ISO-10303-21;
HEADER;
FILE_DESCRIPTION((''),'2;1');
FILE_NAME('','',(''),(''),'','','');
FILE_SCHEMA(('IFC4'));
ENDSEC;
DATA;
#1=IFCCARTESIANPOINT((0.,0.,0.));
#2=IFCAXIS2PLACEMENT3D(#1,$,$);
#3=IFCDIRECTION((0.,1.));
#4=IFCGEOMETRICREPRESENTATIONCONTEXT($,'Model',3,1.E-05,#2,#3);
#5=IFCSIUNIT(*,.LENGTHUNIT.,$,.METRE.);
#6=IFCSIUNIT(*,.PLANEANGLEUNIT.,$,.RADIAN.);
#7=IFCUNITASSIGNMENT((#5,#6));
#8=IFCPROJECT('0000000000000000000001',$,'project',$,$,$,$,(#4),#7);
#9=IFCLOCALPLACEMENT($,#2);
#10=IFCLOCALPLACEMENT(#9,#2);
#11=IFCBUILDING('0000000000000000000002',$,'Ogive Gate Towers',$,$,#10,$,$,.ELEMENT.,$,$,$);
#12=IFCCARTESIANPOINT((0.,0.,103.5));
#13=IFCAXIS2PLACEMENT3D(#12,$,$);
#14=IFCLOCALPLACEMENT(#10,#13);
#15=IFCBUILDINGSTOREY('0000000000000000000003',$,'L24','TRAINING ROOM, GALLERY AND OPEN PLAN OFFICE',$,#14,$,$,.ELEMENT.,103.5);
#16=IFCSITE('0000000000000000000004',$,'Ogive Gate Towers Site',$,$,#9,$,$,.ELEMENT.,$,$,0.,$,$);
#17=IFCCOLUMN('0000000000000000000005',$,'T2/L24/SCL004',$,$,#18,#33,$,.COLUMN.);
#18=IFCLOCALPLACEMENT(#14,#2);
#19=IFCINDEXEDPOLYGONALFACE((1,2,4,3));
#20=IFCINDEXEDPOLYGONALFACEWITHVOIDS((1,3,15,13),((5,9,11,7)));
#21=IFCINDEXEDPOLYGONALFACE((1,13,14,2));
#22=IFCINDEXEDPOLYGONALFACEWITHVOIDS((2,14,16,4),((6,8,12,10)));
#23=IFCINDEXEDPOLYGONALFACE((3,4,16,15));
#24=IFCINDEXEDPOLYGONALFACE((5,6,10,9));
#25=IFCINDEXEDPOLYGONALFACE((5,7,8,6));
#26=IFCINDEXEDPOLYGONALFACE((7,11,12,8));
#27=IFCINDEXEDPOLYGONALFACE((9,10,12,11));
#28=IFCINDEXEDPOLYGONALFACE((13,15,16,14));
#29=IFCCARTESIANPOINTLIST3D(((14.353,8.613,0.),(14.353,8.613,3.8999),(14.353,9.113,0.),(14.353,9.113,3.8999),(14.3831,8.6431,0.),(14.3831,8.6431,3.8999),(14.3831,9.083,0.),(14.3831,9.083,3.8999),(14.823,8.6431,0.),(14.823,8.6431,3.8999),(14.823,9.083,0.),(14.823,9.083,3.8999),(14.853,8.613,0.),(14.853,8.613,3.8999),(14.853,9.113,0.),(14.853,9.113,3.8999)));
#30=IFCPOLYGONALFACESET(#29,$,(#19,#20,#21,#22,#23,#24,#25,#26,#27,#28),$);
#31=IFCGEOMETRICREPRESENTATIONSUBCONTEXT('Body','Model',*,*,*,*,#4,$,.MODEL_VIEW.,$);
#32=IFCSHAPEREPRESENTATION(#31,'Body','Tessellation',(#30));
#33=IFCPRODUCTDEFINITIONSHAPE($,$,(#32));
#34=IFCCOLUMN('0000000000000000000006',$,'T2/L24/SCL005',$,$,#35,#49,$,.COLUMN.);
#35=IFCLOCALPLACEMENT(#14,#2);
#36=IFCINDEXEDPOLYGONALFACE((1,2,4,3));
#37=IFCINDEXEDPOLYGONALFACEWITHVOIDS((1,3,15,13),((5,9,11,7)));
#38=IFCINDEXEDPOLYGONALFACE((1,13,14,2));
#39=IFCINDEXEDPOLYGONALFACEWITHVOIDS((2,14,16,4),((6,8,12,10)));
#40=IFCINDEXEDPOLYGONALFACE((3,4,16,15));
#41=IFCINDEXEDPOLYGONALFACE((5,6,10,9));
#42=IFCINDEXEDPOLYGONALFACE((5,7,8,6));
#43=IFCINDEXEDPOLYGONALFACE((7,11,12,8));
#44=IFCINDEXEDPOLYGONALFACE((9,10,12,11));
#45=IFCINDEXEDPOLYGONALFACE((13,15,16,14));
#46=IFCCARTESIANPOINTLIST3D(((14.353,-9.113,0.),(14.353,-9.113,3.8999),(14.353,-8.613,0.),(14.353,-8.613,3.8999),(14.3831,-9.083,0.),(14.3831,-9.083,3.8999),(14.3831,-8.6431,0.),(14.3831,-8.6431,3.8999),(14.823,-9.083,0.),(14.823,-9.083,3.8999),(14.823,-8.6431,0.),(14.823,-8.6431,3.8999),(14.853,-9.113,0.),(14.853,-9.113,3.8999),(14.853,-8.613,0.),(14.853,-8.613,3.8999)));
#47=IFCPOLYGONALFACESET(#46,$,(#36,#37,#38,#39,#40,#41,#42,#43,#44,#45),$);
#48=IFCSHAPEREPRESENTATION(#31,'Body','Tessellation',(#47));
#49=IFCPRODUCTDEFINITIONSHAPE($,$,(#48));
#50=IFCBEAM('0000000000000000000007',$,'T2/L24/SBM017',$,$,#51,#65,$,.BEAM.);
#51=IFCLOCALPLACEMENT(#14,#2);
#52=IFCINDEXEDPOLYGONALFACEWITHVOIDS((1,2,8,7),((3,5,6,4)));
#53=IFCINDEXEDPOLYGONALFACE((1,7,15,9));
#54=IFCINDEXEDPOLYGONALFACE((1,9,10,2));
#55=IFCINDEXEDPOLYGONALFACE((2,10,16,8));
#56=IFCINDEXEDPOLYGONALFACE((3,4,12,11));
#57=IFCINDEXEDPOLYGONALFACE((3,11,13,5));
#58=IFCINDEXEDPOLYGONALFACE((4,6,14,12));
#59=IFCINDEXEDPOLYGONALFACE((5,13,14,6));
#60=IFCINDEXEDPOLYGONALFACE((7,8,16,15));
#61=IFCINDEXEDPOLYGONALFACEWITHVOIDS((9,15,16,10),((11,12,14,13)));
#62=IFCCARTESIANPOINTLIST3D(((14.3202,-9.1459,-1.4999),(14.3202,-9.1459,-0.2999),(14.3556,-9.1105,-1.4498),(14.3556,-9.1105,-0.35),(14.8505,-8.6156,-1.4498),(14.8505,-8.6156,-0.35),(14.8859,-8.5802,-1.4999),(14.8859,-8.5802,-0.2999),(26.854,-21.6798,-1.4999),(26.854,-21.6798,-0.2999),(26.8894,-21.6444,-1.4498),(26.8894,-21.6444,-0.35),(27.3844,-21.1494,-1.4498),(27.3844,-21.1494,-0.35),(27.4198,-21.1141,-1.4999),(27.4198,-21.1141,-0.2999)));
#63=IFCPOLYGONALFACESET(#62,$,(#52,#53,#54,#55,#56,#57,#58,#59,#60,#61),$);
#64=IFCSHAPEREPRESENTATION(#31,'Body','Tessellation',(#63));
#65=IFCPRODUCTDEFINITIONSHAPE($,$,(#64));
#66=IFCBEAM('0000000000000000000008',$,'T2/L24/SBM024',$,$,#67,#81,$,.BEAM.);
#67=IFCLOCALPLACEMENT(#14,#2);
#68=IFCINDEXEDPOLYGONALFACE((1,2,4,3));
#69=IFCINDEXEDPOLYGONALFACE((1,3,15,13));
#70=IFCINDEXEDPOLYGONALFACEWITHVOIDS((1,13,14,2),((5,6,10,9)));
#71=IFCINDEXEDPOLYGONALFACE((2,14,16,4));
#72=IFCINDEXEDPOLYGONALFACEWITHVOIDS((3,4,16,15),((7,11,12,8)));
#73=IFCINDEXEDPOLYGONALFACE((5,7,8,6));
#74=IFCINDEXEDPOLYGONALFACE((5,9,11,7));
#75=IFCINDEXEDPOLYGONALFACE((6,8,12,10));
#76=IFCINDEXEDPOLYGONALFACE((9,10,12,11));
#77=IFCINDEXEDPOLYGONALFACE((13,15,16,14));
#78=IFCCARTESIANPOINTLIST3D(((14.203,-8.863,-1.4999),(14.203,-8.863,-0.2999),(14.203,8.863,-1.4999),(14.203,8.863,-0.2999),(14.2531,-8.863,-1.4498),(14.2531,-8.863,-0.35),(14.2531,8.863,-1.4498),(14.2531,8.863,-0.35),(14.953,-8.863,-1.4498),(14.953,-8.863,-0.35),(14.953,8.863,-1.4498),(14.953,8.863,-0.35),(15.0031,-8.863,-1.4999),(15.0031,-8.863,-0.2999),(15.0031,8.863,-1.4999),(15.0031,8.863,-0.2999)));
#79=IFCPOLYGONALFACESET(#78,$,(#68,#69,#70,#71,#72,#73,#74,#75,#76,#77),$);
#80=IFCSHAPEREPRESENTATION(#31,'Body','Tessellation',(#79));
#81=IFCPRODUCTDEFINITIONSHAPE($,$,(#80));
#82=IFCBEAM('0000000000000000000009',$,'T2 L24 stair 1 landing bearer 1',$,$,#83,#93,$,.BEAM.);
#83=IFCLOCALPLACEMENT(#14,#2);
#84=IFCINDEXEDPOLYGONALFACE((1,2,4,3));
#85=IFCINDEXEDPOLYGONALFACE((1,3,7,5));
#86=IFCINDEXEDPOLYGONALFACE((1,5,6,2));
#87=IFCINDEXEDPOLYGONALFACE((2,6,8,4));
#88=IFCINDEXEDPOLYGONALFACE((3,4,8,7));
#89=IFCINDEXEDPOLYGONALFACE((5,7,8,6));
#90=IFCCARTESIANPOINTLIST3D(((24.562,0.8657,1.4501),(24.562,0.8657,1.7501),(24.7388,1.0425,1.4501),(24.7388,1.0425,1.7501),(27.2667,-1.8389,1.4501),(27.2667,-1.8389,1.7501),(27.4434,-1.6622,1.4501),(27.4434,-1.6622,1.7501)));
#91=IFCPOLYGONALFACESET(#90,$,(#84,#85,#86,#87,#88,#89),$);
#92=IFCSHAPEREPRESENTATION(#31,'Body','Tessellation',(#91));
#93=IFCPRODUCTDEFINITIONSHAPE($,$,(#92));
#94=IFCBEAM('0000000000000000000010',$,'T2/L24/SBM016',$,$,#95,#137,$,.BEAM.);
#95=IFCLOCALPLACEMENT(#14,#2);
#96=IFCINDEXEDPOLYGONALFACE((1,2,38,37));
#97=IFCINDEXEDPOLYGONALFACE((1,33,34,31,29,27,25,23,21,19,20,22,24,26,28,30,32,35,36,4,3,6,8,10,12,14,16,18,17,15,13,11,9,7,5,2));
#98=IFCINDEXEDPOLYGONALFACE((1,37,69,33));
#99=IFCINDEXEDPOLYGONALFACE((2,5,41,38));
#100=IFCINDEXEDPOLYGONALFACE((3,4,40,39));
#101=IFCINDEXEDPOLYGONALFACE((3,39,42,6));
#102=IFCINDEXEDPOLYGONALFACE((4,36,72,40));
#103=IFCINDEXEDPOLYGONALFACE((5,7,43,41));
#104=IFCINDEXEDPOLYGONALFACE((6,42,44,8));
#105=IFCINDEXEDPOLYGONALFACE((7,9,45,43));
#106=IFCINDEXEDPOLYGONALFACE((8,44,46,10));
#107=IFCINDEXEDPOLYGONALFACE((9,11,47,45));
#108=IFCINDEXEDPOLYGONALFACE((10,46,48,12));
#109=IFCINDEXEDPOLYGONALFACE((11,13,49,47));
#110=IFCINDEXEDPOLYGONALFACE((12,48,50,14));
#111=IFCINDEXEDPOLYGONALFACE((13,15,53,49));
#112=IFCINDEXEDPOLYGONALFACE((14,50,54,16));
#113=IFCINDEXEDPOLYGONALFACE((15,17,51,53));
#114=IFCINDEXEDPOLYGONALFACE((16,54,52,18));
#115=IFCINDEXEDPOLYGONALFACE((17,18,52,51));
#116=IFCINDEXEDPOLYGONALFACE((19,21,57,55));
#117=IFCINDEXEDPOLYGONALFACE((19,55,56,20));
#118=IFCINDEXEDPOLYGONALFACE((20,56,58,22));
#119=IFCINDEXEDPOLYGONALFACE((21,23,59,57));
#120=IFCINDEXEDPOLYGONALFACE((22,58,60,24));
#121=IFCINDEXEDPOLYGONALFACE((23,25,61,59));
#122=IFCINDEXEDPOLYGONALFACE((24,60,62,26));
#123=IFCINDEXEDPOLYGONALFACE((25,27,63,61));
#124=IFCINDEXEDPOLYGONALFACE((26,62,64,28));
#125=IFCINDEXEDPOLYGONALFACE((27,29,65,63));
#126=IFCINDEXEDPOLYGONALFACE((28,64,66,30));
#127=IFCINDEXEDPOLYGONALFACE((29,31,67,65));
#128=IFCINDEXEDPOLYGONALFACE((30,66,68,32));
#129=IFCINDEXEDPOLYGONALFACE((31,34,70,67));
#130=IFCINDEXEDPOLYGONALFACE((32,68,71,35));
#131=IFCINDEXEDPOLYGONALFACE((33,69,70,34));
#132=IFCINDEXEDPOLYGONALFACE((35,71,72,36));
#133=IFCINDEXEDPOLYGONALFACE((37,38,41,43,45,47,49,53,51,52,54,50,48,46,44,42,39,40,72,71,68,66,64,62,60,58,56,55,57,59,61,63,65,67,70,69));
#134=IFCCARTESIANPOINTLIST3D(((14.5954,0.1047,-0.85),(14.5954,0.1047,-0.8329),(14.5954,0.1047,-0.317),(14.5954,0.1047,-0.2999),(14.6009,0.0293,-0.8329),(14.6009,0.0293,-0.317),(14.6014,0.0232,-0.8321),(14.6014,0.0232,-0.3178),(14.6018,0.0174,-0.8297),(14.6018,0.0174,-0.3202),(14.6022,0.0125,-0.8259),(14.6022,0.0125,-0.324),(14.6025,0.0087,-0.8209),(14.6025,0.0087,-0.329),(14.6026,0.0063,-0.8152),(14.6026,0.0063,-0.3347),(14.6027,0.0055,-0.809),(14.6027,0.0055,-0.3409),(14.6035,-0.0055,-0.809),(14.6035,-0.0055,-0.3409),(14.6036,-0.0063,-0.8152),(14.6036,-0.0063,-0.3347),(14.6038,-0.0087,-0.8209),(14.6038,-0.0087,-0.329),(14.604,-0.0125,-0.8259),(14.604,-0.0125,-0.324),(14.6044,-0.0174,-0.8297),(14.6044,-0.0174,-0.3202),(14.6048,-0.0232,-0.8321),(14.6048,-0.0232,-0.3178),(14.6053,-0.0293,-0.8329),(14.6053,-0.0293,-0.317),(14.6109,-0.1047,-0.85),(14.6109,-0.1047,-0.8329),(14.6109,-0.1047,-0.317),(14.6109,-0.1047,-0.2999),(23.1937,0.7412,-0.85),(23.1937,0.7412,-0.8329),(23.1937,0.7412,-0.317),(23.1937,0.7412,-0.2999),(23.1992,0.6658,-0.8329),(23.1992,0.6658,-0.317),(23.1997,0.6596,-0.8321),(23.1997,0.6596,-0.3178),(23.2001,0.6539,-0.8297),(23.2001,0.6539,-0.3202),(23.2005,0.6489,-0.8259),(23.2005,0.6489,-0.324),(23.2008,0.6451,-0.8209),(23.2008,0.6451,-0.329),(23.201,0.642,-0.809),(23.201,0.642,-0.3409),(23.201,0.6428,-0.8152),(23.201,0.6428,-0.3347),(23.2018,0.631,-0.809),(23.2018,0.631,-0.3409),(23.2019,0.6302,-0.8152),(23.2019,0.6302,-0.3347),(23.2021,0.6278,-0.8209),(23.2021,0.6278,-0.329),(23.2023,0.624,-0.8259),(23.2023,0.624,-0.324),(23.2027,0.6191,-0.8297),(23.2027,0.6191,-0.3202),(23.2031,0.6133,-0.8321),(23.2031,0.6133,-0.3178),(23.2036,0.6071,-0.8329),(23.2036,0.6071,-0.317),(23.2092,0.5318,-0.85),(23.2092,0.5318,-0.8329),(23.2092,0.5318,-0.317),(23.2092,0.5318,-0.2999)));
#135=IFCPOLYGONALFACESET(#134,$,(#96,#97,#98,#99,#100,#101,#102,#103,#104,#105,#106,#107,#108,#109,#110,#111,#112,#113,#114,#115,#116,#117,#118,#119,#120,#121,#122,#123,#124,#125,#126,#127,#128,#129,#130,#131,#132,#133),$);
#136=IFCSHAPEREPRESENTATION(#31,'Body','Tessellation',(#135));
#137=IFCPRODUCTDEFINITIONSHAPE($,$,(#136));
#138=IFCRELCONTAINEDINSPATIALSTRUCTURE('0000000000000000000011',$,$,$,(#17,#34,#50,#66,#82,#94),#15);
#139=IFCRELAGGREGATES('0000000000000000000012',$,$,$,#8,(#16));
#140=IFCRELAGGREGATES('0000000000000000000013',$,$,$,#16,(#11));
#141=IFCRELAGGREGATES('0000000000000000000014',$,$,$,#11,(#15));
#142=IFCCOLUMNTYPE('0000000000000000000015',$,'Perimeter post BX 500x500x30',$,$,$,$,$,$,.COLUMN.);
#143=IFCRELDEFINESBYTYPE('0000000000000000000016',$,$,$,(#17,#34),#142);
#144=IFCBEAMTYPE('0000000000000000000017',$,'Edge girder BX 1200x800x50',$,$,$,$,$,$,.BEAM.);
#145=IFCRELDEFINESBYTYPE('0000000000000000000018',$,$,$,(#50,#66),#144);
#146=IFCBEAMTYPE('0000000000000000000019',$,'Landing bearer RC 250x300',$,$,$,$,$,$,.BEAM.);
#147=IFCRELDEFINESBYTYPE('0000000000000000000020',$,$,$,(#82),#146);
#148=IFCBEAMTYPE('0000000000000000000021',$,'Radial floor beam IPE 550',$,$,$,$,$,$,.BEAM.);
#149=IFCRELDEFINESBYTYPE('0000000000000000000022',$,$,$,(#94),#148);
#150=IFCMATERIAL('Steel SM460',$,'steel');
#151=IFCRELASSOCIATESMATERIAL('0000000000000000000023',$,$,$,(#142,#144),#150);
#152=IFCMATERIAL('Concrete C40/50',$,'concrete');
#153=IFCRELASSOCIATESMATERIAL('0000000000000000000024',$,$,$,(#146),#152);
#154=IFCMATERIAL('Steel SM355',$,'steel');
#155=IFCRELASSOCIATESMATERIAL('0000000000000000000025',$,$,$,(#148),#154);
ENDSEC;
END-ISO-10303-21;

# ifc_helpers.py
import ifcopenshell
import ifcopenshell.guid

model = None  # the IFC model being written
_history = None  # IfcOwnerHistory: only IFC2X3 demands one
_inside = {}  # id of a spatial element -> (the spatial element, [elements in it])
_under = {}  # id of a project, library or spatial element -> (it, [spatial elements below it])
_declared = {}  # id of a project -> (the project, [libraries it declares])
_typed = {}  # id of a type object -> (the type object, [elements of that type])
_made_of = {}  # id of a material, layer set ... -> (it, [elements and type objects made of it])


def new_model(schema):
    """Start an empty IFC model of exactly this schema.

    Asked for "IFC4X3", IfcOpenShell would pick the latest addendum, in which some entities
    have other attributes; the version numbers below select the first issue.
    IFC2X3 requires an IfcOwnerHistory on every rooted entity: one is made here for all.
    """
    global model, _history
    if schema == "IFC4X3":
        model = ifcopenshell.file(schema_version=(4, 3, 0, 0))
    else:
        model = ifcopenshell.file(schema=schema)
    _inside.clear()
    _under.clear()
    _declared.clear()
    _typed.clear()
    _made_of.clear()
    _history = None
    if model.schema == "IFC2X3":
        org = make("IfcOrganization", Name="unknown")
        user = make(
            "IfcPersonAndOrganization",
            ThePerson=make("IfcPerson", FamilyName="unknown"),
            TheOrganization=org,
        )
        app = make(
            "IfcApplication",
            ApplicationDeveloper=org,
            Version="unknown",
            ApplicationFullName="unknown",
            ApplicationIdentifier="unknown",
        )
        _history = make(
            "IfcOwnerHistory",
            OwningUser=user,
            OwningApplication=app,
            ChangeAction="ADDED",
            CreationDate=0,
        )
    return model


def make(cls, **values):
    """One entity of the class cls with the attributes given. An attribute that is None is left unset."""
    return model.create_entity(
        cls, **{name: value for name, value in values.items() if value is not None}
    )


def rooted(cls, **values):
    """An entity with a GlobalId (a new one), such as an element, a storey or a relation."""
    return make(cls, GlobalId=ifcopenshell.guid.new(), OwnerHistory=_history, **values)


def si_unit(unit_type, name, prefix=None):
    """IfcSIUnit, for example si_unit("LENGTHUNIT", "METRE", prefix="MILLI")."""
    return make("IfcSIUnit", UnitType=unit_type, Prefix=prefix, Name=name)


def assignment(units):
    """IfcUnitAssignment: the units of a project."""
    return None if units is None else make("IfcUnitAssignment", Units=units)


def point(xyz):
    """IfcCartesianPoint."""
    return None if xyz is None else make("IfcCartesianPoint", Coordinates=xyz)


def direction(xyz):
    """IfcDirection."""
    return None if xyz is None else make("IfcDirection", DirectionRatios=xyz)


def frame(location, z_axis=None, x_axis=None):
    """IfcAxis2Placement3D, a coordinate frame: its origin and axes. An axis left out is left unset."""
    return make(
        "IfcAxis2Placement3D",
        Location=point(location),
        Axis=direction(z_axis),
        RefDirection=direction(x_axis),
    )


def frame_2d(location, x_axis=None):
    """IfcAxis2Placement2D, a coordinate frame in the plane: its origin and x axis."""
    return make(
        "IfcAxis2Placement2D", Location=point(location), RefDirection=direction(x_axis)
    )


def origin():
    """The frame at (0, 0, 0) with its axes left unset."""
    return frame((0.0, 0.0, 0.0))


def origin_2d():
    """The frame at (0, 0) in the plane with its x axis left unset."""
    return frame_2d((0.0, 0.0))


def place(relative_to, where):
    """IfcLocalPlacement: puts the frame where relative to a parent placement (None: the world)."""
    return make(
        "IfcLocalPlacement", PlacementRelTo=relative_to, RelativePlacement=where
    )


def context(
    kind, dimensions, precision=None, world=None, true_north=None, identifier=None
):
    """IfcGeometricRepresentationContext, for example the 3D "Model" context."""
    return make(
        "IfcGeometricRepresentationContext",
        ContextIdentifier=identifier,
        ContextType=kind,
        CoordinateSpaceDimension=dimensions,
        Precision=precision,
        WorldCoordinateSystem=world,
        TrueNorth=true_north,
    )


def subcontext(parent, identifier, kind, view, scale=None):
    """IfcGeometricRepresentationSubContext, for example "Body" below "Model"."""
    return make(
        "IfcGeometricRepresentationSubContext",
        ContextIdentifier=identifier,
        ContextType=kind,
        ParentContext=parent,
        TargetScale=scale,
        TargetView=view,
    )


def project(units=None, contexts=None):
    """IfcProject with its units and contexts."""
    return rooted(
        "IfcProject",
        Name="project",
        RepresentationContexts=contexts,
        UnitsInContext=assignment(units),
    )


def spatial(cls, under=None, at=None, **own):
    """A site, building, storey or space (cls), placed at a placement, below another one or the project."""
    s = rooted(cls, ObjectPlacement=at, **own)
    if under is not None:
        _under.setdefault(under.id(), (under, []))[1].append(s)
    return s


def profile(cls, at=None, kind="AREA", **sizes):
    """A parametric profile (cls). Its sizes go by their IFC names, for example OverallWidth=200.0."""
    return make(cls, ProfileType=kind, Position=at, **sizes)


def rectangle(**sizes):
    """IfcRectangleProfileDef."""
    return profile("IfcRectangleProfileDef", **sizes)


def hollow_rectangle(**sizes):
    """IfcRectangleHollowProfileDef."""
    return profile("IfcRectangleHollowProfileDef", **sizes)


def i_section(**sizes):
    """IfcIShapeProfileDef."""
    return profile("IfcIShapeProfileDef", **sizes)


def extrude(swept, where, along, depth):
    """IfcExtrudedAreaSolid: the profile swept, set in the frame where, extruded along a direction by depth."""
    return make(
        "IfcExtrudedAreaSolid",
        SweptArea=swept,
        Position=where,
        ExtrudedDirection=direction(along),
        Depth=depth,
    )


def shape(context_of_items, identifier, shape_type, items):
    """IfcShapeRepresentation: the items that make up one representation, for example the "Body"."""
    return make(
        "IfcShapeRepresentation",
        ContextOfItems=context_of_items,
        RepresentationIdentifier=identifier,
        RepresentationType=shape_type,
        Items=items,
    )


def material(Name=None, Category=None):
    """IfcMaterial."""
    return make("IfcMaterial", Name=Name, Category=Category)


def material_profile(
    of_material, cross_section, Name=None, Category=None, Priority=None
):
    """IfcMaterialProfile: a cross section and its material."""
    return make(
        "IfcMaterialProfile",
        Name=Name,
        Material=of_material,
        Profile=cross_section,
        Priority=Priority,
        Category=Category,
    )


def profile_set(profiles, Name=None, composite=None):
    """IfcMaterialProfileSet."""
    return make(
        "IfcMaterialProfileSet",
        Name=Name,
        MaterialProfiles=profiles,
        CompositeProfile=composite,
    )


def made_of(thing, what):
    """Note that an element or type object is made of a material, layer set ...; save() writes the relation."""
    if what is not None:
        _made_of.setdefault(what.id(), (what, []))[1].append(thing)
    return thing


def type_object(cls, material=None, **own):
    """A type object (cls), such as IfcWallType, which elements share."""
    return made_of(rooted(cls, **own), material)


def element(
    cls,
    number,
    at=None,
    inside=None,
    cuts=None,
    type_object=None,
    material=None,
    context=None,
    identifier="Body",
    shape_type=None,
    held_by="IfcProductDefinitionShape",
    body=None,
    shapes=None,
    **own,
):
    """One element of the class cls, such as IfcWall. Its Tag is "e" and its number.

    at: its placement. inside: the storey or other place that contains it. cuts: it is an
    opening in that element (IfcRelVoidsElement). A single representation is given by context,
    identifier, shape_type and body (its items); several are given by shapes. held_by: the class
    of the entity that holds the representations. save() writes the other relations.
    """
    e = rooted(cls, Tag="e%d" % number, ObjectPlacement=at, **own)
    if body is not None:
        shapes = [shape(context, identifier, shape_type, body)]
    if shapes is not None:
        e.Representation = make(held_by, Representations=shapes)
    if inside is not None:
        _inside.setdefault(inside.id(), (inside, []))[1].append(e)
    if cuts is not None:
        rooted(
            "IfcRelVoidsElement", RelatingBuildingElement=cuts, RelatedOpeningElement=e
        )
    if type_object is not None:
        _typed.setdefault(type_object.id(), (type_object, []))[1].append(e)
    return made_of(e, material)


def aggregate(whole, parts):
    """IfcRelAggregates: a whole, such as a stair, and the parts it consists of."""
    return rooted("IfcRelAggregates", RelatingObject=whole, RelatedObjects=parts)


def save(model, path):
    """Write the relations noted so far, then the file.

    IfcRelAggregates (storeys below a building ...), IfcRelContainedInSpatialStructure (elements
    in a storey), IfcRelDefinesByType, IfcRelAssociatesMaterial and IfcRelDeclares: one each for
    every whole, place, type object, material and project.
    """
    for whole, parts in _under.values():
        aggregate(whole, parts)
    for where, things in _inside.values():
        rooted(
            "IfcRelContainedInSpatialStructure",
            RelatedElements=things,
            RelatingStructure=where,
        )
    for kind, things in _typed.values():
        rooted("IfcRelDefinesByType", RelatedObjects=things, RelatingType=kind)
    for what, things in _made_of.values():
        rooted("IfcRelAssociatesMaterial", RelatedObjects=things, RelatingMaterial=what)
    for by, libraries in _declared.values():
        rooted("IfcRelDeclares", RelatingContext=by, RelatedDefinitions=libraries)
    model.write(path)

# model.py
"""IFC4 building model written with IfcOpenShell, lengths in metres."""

from ifc_helpers import new_model, si_unit, direction, frame, origin, origin_2d, place, context, subcontext, project, spatial, rectangle, hollow_rectangle, i_section, extrude, material, material_profile, profile_set, type_object, element, save


model = new_model("IFC4")

# Units and contexts
model_context = context("Model", 3, precision=1e-05, world=origin(), true_north=direction((0.0, 1.0)))
body_context = subcontext(model_context, "Body", "Model", "MODEL_VIEW")
ifc_project = project(units=[si_unit("LENGTHUNIT", "METRE"), si_unit("PLANEANGLEUNIT", "RADIAN")], contexts=[model_context])

# Site, building, storey
site_placement = place(None, origin())
site = spatial("IfcSite", under=ifc_project, at=site_placement, Name="Ogive Gate Towers Site", CompositionType="ELEMENT", RefElevation=0.0)
building_placement = place(site_placement, origin())
building = spatial("IfcBuilding", under=site, at=building_placement, Name="Ogive Gate Towers", CompositionType="ELEMENT")
storey_placement = place(building_placement, frame((0.0, 0.0, 103.5)))
storey = spatial("IfcBuildingStorey", under=building, at=storey_placement, Name="L24", Description="TRAINING ROOM, GALLERY AND OPEN PLAN OFFICE", CompositionType="ELEMENT", Elevation=103.5)

# Columns
ifc_material_1 = material(Name="Steel SM460", Category="steel")
ifc_material_profile_1 = material_profile(ifc_material_1, hollow_rectangle(XDim=0.5, YDim=0.5, WallThickness=0.03, at=origin_2d()), Name="BX 500x500x30")
ifc_profile_set_1 = profile_set([ifc_material_profile_1], Name="Steel SM460")
column_type = type_object("IfcColumnType", Name="Perimeter post BX 500x500x30", PredefinedType="COLUMN", material=ifc_profile_set_1)
for number, where, z_axis, x_axis, name in (
    (1, (14.603, 8.863, 0.0), (0.0, 0.0, 1.0), (1.0, 0.0, 0.0), "T2/L24/SCL004"),
    (2, (14.603, -8.863, 0.0), (0.0, 0.0, 1.0), (1.0, 0.0, 0.0), "T2/L24/SCL005"),
):
    element("IfcColumn", number, at=place(storey_placement, frame(where, z_axis=z_axis, x_axis=x_axis)), inside=storey, type_object=column_type, Name=name, PredefinedType="COLUMN", context=body_context, shape_type="SweptSolid", body=[
        extrude(hollow_rectangle(XDim=0.5, YDim=0.5, WallThickness=0.03, at=origin_2d()), origin(), (0.0, 0.0, 1.0), 3.8999),
    ])

# Beams
ifc_material_profile_2 = material_profile(ifc_material_1, hollow_rectangle(XDim=0.8, YDim=1.2, WallThickness=0.05, at=origin_2d()), Name="BX 1200x800x50")
ifc_profile_set_2 = profile_set([ifc_material_profile_2], Name="Steel SM460")
beam_type_1 = type_object("IfcBeamType", Name="Edge girder BX 1200x800x50", PredefinedType="BEAM", material=ifc_profile_set_2)
beam_1_placement = place(storey_placement, frame((14.603, -8.863, -0.8999), z_axis=(0.707107, -0.707107, 0.0), x_axis=(0.707107, 0.707107, 0.0)))
element("IfcBeam", 3, at=beam_1_placement, inside=storey, type_object=beam_type_1, Name="T2/L24/SBM017", PredefinedType="BEAM", context=body_context, shape_type="SweptSolid", body=[
    extrude(hollow_rectangle(XDim=0.8, YDim=1.2, WallThickness=0.05, at=origin_2d()), origin(), (0.0, 0.0, 1.0), 17.7256),
])
beam_2_placement = place(storey_placement, frame((14.603, 8.863, -0.8999), z_axis=(0.0, -1.0, 0.0), x_axis=(1.0, 0.0, 0.0)))
element("IfcBeam", 4, at=beam_2_placement, inside=storey, type_object=beam_type_1, Name="T2/L24/SBM024", PredefinedType="BEAM", context=body_context, shape_type="SweptSolid", body=[
    extrude(hollow_rectangle(XDim=0.8, YDim=1.2, WallThickness=0.05, at=origin_2d()), origin(), (0.0, 0.0, 1.0), 17.7261),
])
ifc_material_2 = material(Name="Concrete C40/50", Category="concrete")
ifc_material_profile_3 = material_profile(ifc_material_2, rectangle(XDim=0.25, YDim=0.3, at=origin_2d()), Name="RC 250x300")
ifc_profile_set_3 = profile_set([ifc_material_profile_3], Name="Concrete C40/50")
beam_type_2 = type_object("IfcBeamType", Name="Landing bearer RC 250x300", PredefinedType="BEAM", material=ifc_profile_set_3)
beam_3_placement = place(storey_placement, frame((24.6504, 0.9541, 1.6001), z_axis=(0.707107, -0.707107, 0.0), x_axis=(0.707107, 0.707107, 0.0)))
element("IfcBeam", 5, at=beam_3_placement, inside=storey, type_object=beam_type_2, Name="T2 L24 stair 1 landing bearer 1", PredefinedType="BEAM", context=body_context, shape_type="SweptSolid", body=[
    extrude(rectangle(XDim=0.25, YDim=0.3, at=origin_2d()), origin(), (0.0, 0.0, 1.0), 3.825),
])
ifc_material_3 = material(Name="Steel SM355", Category="steel")
ifc_material_profile_4 = material_profile(ifc_material_3, i_section(OverallWidth=0.21, OverallDepth=0.55, WebThickness=0.011, FlangeThickness=0.0171, FilletRadius=0.0239, at=origin_2d()), Name="IPE 550")
ifc_profile_set_4 = profile_set([ifc_material_profile_4], Name="Steel SM355")
beam_type_3 = type_object("IfcBeamType", Name="Radial floor beam IPE 550", PredefinedType="BEAM", material=ifc_profile_set_4)
beam_4_placement = place(storey_placement, frame((23.2014, 0.6365, -0.575), z_axis=(-0.997272, -0.073821, 0.0), x_axis=(0.073821, -0.997272, 0.0)))
element("IfcBeam", 6, at=beam_4_placement, inside=storey, type_object=beam_type_3, Name="T2/L24/SBM016", PredefinedType="BEAM", context=body_context, shape_type="SweptSolid", body=[
    extrude(i_section(OverallWidth=0.21, OverallDepth=0.55, WebThickness=0.011, FlangeThickness=0.0171, FilletRadius=0.0239, at=origin_2d()), origin(), (0.0, 0.0, 1.0), 8.6218),
])

save(model, "model.ifc")
